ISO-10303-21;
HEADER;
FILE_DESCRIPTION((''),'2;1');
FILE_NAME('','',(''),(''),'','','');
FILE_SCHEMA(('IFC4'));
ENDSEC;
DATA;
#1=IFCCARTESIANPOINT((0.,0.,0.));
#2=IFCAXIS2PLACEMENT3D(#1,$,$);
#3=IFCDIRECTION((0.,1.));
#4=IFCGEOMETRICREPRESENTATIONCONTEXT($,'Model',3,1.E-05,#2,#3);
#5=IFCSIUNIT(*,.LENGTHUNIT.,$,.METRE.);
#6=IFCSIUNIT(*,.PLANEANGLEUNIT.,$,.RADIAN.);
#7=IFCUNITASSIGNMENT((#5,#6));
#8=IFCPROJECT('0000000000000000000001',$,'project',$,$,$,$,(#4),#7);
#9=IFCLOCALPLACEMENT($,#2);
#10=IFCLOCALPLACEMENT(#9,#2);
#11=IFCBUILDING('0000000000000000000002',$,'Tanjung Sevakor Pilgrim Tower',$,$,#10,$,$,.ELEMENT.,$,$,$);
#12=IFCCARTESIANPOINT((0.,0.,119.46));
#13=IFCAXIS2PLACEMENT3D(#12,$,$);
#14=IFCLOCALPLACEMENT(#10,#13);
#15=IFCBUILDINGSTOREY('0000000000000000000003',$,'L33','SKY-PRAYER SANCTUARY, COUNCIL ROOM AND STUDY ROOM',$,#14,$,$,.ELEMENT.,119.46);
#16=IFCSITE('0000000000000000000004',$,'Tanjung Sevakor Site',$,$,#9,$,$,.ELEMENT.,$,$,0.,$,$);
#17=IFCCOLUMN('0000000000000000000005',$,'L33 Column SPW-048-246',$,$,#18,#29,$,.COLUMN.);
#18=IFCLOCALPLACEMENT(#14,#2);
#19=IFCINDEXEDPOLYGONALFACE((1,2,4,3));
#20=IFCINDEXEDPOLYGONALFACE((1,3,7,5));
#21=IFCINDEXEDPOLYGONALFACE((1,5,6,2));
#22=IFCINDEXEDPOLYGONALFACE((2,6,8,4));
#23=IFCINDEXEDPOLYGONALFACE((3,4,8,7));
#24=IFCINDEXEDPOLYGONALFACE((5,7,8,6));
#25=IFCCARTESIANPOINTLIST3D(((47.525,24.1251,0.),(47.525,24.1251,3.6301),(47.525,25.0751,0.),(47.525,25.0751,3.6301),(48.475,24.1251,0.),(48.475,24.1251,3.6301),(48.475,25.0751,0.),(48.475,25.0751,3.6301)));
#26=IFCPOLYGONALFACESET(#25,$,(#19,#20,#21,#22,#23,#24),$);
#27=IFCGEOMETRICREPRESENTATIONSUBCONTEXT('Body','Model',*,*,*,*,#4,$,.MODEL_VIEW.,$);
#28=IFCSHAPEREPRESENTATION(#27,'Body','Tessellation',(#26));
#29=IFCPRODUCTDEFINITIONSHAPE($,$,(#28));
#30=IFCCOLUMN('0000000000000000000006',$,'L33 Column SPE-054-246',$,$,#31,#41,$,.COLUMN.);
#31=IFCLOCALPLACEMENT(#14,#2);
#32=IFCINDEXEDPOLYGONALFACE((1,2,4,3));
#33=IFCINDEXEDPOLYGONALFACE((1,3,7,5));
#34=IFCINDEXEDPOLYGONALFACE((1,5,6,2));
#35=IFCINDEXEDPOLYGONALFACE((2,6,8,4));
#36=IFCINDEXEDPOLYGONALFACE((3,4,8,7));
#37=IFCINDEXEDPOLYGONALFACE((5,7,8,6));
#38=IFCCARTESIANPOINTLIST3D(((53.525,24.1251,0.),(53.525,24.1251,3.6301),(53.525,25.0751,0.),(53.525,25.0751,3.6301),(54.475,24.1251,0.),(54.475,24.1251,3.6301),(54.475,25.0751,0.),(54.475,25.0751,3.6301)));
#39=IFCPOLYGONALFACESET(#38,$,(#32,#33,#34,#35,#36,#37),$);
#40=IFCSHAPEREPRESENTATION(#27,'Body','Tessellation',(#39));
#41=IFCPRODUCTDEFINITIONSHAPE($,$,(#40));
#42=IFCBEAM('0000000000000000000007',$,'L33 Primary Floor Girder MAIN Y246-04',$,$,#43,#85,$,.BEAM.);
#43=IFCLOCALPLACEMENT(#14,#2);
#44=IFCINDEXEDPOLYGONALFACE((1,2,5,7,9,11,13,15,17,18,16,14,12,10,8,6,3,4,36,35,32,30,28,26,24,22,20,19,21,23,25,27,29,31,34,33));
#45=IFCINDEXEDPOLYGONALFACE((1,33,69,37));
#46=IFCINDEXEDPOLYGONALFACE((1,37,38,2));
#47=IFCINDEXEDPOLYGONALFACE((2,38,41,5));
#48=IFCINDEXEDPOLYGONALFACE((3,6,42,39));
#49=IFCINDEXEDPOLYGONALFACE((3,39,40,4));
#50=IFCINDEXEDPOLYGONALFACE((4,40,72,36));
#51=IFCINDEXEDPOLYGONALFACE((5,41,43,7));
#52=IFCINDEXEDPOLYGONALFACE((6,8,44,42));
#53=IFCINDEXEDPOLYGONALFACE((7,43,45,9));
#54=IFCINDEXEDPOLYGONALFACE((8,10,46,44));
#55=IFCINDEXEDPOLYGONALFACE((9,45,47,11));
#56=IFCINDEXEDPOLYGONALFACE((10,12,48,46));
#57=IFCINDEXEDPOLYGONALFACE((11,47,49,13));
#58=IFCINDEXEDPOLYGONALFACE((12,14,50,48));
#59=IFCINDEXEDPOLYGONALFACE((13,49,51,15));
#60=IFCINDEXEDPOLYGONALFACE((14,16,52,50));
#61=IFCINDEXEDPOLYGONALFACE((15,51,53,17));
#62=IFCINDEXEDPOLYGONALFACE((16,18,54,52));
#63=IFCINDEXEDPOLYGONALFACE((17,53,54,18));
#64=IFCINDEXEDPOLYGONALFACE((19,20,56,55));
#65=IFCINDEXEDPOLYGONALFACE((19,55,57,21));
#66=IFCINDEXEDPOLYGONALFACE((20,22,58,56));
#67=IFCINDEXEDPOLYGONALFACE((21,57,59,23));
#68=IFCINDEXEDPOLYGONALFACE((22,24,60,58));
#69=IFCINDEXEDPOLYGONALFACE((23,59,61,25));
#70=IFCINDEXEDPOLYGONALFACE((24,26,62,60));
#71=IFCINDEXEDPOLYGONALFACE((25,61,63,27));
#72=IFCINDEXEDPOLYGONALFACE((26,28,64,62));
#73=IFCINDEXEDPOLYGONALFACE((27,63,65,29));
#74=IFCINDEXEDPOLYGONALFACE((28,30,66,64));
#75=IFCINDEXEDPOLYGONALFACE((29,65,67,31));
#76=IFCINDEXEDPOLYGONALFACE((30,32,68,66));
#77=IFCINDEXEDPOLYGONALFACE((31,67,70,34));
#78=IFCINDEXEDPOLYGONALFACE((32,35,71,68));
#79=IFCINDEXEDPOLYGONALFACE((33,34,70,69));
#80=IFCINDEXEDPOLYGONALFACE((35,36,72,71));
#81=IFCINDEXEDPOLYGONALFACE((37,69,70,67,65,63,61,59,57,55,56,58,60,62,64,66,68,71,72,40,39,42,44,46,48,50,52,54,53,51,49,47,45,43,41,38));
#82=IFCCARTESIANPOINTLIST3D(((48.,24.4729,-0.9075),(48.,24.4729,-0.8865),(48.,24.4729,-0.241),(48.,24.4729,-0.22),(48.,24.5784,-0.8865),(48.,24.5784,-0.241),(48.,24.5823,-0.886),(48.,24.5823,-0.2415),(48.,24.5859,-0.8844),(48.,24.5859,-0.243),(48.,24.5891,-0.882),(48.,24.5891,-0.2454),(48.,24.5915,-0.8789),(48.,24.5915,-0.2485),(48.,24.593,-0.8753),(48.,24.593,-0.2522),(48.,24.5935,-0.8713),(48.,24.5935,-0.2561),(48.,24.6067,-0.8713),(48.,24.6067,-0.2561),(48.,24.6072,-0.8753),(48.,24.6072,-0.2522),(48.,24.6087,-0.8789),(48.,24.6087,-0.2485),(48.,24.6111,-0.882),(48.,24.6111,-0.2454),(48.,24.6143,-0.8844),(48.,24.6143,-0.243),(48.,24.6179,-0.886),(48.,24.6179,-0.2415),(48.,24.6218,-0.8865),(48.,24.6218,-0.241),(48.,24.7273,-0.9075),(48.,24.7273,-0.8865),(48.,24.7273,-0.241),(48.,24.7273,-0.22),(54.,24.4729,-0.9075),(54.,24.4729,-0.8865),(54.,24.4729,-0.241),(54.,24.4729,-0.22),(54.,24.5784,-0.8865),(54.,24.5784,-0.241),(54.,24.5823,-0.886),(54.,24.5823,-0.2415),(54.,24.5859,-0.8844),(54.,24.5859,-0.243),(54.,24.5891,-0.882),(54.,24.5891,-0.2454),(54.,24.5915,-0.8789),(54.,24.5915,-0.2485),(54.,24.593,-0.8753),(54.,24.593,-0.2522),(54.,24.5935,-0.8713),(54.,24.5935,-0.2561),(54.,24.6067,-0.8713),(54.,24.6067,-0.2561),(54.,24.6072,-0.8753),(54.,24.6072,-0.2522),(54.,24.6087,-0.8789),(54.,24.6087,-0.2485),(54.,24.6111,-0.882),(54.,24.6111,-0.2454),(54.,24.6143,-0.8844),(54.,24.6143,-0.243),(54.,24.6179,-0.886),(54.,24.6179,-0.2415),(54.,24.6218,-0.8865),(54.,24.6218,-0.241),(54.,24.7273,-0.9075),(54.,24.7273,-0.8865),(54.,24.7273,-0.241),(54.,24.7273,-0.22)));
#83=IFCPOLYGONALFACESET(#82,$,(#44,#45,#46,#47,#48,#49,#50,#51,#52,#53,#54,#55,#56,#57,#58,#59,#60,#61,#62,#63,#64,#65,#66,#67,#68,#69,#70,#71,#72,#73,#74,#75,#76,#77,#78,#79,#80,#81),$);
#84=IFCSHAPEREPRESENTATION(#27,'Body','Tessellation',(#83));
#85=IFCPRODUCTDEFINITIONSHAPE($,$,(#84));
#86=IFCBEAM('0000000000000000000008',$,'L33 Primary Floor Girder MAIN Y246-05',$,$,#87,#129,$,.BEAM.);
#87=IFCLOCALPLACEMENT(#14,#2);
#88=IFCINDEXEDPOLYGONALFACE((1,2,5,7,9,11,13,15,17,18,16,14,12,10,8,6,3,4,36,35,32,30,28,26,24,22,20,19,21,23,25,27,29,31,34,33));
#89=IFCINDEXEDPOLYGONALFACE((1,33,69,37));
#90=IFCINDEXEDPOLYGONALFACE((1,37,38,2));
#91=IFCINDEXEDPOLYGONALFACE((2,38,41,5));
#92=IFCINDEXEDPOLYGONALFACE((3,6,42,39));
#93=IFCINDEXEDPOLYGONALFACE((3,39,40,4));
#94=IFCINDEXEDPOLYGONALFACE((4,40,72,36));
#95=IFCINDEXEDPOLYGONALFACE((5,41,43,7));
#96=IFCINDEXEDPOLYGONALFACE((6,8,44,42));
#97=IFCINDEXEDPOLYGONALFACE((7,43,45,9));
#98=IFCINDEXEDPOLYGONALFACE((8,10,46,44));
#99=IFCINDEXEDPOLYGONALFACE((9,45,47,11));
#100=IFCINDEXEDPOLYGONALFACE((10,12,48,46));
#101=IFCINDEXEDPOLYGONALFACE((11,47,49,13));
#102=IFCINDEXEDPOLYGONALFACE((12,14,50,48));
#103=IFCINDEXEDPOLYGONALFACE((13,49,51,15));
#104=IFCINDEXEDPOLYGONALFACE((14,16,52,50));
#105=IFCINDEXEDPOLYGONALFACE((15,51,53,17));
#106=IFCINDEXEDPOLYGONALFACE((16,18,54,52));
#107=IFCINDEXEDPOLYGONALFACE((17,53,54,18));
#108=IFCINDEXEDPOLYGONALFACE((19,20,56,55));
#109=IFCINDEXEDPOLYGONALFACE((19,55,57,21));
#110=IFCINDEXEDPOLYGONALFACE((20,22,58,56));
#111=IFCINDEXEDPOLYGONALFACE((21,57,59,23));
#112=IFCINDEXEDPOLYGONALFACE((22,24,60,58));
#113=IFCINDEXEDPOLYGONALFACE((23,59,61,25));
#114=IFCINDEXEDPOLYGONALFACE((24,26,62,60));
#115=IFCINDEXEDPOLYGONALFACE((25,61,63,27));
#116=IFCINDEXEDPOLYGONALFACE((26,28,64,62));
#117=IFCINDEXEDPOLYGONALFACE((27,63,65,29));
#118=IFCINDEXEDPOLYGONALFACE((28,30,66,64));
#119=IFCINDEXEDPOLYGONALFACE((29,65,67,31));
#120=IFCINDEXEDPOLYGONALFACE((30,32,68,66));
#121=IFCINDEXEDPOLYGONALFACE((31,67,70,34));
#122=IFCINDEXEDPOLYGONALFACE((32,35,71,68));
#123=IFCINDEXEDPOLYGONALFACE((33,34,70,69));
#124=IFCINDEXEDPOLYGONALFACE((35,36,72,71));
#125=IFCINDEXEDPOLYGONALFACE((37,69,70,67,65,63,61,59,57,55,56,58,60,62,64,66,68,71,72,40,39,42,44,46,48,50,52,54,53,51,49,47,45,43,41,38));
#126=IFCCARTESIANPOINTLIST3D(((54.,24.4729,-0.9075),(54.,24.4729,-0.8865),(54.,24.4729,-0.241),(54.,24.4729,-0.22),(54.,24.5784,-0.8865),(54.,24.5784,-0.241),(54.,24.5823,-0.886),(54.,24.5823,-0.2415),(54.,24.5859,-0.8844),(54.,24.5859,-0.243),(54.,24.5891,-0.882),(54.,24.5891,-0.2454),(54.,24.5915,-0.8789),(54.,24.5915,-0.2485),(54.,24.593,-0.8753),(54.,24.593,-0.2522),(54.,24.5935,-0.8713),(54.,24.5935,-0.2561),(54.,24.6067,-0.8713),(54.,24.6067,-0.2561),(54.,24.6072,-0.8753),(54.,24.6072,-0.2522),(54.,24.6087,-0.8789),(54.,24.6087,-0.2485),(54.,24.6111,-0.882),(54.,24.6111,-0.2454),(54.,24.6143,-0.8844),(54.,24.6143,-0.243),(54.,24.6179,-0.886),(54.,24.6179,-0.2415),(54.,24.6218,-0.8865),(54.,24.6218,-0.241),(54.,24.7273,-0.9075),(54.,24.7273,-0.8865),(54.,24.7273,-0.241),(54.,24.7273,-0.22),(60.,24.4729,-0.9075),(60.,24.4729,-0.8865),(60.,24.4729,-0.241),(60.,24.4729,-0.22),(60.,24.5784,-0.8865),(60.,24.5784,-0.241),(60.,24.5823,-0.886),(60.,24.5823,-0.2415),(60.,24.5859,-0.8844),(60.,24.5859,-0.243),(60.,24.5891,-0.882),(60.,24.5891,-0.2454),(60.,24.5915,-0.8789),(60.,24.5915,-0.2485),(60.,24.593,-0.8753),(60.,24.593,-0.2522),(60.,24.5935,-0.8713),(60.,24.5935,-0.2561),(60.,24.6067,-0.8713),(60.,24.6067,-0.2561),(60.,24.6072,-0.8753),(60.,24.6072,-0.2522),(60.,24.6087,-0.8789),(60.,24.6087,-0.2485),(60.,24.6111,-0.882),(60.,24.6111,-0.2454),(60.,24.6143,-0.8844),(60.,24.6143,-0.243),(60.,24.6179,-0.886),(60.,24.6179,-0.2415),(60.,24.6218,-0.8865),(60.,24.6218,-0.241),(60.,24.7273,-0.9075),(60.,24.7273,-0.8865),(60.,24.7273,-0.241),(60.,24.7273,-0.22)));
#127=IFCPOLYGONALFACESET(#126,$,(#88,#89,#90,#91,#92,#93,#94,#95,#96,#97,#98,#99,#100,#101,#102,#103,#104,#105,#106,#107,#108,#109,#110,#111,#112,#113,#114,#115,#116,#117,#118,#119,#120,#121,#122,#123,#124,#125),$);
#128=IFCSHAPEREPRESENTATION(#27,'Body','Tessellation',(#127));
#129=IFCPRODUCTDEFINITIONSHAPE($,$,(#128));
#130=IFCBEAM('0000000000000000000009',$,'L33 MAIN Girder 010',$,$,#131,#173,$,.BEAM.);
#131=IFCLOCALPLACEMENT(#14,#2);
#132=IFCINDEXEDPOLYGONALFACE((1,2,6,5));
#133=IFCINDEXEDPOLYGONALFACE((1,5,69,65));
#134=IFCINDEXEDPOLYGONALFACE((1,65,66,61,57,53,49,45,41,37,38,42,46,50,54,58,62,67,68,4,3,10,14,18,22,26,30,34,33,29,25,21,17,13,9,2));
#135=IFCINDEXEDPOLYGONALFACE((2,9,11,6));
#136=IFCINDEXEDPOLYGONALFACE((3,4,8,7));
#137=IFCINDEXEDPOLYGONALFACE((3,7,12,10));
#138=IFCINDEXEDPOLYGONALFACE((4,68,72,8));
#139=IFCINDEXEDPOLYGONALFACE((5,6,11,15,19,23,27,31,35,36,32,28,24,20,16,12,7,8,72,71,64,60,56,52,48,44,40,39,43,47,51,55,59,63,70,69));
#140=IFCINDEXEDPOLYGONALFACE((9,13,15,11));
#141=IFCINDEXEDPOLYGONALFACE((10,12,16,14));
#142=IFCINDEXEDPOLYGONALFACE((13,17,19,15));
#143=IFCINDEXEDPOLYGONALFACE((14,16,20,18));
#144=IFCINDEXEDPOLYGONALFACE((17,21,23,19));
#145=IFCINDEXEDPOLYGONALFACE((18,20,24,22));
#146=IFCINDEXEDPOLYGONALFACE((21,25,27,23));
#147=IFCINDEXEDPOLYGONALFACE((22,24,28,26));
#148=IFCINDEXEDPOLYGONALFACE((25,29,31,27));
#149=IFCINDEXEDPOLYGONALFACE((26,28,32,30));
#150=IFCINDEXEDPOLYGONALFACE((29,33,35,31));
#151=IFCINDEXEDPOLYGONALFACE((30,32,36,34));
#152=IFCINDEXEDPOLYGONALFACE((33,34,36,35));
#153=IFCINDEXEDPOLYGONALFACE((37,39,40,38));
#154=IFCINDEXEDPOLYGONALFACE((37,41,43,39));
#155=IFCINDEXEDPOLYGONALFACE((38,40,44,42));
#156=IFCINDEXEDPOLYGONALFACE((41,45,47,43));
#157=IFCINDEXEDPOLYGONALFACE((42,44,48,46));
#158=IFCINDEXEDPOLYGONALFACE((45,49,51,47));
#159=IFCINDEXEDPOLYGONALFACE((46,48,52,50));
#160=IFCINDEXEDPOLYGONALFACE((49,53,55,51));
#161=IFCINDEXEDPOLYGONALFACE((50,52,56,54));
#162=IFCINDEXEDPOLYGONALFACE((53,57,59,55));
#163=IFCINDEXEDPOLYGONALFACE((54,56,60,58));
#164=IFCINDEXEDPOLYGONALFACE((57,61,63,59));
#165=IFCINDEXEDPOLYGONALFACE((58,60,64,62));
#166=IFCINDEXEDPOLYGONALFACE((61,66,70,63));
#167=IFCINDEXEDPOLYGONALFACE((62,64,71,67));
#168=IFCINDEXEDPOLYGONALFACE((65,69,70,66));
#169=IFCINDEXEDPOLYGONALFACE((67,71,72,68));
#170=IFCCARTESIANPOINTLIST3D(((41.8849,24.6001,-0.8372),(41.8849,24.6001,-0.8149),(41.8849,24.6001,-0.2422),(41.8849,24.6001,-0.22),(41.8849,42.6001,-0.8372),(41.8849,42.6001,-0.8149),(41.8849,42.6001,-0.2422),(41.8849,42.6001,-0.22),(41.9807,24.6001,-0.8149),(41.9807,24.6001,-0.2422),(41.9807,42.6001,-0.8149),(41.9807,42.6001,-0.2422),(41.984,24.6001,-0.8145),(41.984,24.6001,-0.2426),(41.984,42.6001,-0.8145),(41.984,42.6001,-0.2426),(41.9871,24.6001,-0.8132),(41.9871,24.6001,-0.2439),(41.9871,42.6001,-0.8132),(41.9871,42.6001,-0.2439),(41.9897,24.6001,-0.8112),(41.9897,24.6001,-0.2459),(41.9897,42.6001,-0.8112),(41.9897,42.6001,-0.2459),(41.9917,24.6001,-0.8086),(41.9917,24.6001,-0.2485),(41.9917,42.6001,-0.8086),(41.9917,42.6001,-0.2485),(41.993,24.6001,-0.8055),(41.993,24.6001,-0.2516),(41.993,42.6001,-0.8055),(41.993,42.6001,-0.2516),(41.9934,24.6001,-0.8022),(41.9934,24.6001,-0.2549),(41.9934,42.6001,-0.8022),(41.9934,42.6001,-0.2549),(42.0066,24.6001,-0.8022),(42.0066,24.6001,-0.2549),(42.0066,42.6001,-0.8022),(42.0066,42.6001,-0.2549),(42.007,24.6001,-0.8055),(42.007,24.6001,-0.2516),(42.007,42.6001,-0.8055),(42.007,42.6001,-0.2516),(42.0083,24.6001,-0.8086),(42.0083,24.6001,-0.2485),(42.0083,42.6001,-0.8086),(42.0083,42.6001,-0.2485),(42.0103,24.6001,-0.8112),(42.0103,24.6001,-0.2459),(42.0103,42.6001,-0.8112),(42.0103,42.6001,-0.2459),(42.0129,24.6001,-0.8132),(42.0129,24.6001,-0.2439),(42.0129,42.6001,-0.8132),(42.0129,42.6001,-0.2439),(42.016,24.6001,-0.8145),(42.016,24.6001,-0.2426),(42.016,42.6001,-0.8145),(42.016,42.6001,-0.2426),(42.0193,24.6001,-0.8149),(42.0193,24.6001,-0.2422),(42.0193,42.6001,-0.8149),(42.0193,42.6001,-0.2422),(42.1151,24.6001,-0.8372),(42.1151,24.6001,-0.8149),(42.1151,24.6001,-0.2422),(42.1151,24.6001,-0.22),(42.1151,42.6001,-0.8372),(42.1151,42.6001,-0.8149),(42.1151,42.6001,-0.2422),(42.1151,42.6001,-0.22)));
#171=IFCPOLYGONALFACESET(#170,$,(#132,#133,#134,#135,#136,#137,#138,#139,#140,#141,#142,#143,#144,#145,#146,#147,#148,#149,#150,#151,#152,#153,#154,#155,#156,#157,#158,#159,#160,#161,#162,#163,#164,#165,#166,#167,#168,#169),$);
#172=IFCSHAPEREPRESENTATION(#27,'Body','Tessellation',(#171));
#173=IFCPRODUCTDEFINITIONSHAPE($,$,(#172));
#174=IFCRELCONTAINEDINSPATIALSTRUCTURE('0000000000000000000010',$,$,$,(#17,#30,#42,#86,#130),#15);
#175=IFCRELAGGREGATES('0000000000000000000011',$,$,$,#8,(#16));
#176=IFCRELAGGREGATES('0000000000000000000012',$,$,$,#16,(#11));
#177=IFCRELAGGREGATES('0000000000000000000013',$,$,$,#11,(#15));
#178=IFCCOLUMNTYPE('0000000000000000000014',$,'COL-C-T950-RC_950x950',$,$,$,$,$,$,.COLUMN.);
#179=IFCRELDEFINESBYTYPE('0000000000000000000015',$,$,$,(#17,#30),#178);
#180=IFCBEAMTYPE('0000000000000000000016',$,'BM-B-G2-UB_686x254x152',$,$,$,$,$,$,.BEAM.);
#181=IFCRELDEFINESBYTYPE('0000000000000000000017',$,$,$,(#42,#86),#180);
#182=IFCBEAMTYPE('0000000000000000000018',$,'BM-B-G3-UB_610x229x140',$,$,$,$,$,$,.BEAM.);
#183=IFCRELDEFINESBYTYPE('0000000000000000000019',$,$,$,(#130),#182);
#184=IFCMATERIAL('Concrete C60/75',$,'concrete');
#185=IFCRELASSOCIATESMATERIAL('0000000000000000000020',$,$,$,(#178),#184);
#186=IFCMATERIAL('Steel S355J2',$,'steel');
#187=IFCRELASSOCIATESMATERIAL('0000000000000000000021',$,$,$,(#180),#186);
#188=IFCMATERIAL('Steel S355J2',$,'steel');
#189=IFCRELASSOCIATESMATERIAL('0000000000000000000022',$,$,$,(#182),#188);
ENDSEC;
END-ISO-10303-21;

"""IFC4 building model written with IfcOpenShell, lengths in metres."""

from ifc_helpers import new_model, si_unit, direction, frame, origin, origin_2d, place, context, subcontext, project, spatial, rectangle, i_section, extrude, material, material_profile, profile_set, type_object, element, save


model = new_model("IFC4")

# Units and contexts
model_context = context("Model", 3, precision=1e-05, world=origin(), true_north=direction((0.0, 1.0)))
body_context = subcontext(model_context, "Body", "Model", "MODEL_VIEW")
ifc_project = project(units=[si_unit("LENGTHUNIT", "METRE"), si_unit("PLANEANGLEUNIT", "RADIAN")], contexts=[model_context])

# Site, building, storey
site_placement = place(None, origin())
site = spatial("IfcSite", under=ifc_project, at=site_placement, Name="Tanjung Sevakor Site", CompositionType="ELEMENT", RefElevation=0.0)
building_placement = place(site_placement, origin())
building = spatial("IfcBuilding", under=site, at=building_placement, Name="Tanjung Sevakor Pilgrim Tower", CompositionType="ELEMENT")
storey_placement = place(building_placement, frame((0.0, 0.0, 119.46)))
storey = spatial("IfcBuildingStorey", under=building, at=storey_placement, Name="L33", Description="SKY-PRAYER SANCTUARY, COUNCIL ROOM AND STUDY ROOM", CompositionType="ELEMENT", Elevation=119.46)

# Columns
ifc_material_1 = material(Name="Concrete C60/75", Category="concrete")
ifc_material_profile_1 = material_profile(ifc_material_1, rectangle(XDim=0.95, YDim=0.95, at=origin_2d()))
ifc_profile_set_1 = profile_set([ifc_material_profile_1], Name="Concrete C60/75")
column_type = type_object("IfcColumnType", Name="COL-C-T950-RC_950x950", PredefinedType="COLUMN", material=ifc_profile_set_1)
for number, where, z_axis, x_axis, name in (
    (1, (48.0, 24.6001, 0.0), (0.0, 0.0, 1.0), (1.0, 0.0, 0.0), "L33 Column SPW-048-246"),
    (2, (54.0, 24.6001, 0.0), (0.0, 0.0, 1.0), (1.0, 0.0, 0.0), "L33 Column SPE-054-246"),
):
    element("IfcColumn", number, at=place(storey_placement, frame(where, z_axis=z_axis, x_axis=x_axis)), inside=storey, type_object=column_type, Name=name, PredefinedType="COLUMN", context=body_context, shape_type="SweptSolid", body=[
        extrude(rectangle(XDim=0.95, YDim=0.95, at=origin_2d()), origin(), (0.0, 0.0, 1.0), 3.6301),
    ])

# Beams
ifc_material_2 = material(Name="Steel S355J2", Category="steel")
ifc_material_profile_2 = material_profile(ifc_material_2, i_section(OverallWidth=0.2544, OverallDepth=0.6875, WebThickness=0.0132, FlangeThickness=0.021, FilletRadius=0.0151, at=origin_2d()))
ifc_profile_set_2 = profile_set([ifc_material_profile_2], Name="Steel S355J2")
beam_type_1 = type_object("IfcBeamType", Name="BM-B-G2-UB_686x254x152", PredefinedType="BEAM", material=ifc_profile_set_2)
for number, where, z_axis, x_axis, name in (
    (3, (48.0, 24.6001, -0.5637), (1.0, 0.0, 0.0), (0.0, 1.0, 0.0), "L33 Primary Floor Girder MAIN Y246-04"),
    (4, (54.0, 24.6001, -0.5637), (1.0, 0.0, 0.0), (0.0, 1.0, 0.0), "L33 Primary Floor Girder MAIN Y246-05"),
):
    element("IfcBeam", number, at=place(storey_placement, frame(where, z_axis=z_axis, x_axis=x_axis)), inside=storey, type_object=beam_type_1, Name=name, PredefinedType="BEAM", context=body_context, shape_type="SweptSolid", body=[
        extrude(i_section(OverallWidth=0.2544, OverallDepth=0.6875, WebThickness=0.0132, FlangeThickness=0.021, FilletRadius=0.0151, at=origin_2d()), origin(), (0.0, 0.0, 1.0), 6.0),
    ])
ifc_material_3 = material(Name="Steel S355J2", Category="steel")
ifc_material_profile_3 = material_profile(ifc_material_3, i_section(OverallWidth=0.2302, OverallDepth=0.6172, WebThickness=0.0132, FlangeThickness=0.0222, FilletRadius=0.0127, at=origin_2d()))
ifc_profile_set_3 = profile_set([ifc_material_profile_3], Name="Steel S355J2")
beam_type_2 = type_object("IfcBeamType", Name="BM-B-G3-UB_610x229x140", PredefinedType="BEAM", material=ifc_profile_set_3)
for number, where, z_axis, x_axis, name in (
    (5, (42.0, 24.6001, -0.5286), (0.0, 1.0, 0.0), (-1.0, 0.0, 0.0), "L33 MAIN Girder 010"),
):
    element("IfcBeam", number, at=place(storey_placement, frame(where, z_axis=z_axis, x_axis=x_axis)), inside=storey, type_object=beam_type_2, Name=name, PredefinedType="BEAM", context=body_context, shape_type="SweptSolid", body=[
        extrude(i_section(OverallWidth=0.2302, OverallDepth=0.6172, WebThickness=0.0132, FlangeThickness=0.0222, FilletRadius=0.0127, at=origin_2d()), origin(), (0.0, 0.0, 1.0), 18.0),
    ])

save(model, "model.ifc")
